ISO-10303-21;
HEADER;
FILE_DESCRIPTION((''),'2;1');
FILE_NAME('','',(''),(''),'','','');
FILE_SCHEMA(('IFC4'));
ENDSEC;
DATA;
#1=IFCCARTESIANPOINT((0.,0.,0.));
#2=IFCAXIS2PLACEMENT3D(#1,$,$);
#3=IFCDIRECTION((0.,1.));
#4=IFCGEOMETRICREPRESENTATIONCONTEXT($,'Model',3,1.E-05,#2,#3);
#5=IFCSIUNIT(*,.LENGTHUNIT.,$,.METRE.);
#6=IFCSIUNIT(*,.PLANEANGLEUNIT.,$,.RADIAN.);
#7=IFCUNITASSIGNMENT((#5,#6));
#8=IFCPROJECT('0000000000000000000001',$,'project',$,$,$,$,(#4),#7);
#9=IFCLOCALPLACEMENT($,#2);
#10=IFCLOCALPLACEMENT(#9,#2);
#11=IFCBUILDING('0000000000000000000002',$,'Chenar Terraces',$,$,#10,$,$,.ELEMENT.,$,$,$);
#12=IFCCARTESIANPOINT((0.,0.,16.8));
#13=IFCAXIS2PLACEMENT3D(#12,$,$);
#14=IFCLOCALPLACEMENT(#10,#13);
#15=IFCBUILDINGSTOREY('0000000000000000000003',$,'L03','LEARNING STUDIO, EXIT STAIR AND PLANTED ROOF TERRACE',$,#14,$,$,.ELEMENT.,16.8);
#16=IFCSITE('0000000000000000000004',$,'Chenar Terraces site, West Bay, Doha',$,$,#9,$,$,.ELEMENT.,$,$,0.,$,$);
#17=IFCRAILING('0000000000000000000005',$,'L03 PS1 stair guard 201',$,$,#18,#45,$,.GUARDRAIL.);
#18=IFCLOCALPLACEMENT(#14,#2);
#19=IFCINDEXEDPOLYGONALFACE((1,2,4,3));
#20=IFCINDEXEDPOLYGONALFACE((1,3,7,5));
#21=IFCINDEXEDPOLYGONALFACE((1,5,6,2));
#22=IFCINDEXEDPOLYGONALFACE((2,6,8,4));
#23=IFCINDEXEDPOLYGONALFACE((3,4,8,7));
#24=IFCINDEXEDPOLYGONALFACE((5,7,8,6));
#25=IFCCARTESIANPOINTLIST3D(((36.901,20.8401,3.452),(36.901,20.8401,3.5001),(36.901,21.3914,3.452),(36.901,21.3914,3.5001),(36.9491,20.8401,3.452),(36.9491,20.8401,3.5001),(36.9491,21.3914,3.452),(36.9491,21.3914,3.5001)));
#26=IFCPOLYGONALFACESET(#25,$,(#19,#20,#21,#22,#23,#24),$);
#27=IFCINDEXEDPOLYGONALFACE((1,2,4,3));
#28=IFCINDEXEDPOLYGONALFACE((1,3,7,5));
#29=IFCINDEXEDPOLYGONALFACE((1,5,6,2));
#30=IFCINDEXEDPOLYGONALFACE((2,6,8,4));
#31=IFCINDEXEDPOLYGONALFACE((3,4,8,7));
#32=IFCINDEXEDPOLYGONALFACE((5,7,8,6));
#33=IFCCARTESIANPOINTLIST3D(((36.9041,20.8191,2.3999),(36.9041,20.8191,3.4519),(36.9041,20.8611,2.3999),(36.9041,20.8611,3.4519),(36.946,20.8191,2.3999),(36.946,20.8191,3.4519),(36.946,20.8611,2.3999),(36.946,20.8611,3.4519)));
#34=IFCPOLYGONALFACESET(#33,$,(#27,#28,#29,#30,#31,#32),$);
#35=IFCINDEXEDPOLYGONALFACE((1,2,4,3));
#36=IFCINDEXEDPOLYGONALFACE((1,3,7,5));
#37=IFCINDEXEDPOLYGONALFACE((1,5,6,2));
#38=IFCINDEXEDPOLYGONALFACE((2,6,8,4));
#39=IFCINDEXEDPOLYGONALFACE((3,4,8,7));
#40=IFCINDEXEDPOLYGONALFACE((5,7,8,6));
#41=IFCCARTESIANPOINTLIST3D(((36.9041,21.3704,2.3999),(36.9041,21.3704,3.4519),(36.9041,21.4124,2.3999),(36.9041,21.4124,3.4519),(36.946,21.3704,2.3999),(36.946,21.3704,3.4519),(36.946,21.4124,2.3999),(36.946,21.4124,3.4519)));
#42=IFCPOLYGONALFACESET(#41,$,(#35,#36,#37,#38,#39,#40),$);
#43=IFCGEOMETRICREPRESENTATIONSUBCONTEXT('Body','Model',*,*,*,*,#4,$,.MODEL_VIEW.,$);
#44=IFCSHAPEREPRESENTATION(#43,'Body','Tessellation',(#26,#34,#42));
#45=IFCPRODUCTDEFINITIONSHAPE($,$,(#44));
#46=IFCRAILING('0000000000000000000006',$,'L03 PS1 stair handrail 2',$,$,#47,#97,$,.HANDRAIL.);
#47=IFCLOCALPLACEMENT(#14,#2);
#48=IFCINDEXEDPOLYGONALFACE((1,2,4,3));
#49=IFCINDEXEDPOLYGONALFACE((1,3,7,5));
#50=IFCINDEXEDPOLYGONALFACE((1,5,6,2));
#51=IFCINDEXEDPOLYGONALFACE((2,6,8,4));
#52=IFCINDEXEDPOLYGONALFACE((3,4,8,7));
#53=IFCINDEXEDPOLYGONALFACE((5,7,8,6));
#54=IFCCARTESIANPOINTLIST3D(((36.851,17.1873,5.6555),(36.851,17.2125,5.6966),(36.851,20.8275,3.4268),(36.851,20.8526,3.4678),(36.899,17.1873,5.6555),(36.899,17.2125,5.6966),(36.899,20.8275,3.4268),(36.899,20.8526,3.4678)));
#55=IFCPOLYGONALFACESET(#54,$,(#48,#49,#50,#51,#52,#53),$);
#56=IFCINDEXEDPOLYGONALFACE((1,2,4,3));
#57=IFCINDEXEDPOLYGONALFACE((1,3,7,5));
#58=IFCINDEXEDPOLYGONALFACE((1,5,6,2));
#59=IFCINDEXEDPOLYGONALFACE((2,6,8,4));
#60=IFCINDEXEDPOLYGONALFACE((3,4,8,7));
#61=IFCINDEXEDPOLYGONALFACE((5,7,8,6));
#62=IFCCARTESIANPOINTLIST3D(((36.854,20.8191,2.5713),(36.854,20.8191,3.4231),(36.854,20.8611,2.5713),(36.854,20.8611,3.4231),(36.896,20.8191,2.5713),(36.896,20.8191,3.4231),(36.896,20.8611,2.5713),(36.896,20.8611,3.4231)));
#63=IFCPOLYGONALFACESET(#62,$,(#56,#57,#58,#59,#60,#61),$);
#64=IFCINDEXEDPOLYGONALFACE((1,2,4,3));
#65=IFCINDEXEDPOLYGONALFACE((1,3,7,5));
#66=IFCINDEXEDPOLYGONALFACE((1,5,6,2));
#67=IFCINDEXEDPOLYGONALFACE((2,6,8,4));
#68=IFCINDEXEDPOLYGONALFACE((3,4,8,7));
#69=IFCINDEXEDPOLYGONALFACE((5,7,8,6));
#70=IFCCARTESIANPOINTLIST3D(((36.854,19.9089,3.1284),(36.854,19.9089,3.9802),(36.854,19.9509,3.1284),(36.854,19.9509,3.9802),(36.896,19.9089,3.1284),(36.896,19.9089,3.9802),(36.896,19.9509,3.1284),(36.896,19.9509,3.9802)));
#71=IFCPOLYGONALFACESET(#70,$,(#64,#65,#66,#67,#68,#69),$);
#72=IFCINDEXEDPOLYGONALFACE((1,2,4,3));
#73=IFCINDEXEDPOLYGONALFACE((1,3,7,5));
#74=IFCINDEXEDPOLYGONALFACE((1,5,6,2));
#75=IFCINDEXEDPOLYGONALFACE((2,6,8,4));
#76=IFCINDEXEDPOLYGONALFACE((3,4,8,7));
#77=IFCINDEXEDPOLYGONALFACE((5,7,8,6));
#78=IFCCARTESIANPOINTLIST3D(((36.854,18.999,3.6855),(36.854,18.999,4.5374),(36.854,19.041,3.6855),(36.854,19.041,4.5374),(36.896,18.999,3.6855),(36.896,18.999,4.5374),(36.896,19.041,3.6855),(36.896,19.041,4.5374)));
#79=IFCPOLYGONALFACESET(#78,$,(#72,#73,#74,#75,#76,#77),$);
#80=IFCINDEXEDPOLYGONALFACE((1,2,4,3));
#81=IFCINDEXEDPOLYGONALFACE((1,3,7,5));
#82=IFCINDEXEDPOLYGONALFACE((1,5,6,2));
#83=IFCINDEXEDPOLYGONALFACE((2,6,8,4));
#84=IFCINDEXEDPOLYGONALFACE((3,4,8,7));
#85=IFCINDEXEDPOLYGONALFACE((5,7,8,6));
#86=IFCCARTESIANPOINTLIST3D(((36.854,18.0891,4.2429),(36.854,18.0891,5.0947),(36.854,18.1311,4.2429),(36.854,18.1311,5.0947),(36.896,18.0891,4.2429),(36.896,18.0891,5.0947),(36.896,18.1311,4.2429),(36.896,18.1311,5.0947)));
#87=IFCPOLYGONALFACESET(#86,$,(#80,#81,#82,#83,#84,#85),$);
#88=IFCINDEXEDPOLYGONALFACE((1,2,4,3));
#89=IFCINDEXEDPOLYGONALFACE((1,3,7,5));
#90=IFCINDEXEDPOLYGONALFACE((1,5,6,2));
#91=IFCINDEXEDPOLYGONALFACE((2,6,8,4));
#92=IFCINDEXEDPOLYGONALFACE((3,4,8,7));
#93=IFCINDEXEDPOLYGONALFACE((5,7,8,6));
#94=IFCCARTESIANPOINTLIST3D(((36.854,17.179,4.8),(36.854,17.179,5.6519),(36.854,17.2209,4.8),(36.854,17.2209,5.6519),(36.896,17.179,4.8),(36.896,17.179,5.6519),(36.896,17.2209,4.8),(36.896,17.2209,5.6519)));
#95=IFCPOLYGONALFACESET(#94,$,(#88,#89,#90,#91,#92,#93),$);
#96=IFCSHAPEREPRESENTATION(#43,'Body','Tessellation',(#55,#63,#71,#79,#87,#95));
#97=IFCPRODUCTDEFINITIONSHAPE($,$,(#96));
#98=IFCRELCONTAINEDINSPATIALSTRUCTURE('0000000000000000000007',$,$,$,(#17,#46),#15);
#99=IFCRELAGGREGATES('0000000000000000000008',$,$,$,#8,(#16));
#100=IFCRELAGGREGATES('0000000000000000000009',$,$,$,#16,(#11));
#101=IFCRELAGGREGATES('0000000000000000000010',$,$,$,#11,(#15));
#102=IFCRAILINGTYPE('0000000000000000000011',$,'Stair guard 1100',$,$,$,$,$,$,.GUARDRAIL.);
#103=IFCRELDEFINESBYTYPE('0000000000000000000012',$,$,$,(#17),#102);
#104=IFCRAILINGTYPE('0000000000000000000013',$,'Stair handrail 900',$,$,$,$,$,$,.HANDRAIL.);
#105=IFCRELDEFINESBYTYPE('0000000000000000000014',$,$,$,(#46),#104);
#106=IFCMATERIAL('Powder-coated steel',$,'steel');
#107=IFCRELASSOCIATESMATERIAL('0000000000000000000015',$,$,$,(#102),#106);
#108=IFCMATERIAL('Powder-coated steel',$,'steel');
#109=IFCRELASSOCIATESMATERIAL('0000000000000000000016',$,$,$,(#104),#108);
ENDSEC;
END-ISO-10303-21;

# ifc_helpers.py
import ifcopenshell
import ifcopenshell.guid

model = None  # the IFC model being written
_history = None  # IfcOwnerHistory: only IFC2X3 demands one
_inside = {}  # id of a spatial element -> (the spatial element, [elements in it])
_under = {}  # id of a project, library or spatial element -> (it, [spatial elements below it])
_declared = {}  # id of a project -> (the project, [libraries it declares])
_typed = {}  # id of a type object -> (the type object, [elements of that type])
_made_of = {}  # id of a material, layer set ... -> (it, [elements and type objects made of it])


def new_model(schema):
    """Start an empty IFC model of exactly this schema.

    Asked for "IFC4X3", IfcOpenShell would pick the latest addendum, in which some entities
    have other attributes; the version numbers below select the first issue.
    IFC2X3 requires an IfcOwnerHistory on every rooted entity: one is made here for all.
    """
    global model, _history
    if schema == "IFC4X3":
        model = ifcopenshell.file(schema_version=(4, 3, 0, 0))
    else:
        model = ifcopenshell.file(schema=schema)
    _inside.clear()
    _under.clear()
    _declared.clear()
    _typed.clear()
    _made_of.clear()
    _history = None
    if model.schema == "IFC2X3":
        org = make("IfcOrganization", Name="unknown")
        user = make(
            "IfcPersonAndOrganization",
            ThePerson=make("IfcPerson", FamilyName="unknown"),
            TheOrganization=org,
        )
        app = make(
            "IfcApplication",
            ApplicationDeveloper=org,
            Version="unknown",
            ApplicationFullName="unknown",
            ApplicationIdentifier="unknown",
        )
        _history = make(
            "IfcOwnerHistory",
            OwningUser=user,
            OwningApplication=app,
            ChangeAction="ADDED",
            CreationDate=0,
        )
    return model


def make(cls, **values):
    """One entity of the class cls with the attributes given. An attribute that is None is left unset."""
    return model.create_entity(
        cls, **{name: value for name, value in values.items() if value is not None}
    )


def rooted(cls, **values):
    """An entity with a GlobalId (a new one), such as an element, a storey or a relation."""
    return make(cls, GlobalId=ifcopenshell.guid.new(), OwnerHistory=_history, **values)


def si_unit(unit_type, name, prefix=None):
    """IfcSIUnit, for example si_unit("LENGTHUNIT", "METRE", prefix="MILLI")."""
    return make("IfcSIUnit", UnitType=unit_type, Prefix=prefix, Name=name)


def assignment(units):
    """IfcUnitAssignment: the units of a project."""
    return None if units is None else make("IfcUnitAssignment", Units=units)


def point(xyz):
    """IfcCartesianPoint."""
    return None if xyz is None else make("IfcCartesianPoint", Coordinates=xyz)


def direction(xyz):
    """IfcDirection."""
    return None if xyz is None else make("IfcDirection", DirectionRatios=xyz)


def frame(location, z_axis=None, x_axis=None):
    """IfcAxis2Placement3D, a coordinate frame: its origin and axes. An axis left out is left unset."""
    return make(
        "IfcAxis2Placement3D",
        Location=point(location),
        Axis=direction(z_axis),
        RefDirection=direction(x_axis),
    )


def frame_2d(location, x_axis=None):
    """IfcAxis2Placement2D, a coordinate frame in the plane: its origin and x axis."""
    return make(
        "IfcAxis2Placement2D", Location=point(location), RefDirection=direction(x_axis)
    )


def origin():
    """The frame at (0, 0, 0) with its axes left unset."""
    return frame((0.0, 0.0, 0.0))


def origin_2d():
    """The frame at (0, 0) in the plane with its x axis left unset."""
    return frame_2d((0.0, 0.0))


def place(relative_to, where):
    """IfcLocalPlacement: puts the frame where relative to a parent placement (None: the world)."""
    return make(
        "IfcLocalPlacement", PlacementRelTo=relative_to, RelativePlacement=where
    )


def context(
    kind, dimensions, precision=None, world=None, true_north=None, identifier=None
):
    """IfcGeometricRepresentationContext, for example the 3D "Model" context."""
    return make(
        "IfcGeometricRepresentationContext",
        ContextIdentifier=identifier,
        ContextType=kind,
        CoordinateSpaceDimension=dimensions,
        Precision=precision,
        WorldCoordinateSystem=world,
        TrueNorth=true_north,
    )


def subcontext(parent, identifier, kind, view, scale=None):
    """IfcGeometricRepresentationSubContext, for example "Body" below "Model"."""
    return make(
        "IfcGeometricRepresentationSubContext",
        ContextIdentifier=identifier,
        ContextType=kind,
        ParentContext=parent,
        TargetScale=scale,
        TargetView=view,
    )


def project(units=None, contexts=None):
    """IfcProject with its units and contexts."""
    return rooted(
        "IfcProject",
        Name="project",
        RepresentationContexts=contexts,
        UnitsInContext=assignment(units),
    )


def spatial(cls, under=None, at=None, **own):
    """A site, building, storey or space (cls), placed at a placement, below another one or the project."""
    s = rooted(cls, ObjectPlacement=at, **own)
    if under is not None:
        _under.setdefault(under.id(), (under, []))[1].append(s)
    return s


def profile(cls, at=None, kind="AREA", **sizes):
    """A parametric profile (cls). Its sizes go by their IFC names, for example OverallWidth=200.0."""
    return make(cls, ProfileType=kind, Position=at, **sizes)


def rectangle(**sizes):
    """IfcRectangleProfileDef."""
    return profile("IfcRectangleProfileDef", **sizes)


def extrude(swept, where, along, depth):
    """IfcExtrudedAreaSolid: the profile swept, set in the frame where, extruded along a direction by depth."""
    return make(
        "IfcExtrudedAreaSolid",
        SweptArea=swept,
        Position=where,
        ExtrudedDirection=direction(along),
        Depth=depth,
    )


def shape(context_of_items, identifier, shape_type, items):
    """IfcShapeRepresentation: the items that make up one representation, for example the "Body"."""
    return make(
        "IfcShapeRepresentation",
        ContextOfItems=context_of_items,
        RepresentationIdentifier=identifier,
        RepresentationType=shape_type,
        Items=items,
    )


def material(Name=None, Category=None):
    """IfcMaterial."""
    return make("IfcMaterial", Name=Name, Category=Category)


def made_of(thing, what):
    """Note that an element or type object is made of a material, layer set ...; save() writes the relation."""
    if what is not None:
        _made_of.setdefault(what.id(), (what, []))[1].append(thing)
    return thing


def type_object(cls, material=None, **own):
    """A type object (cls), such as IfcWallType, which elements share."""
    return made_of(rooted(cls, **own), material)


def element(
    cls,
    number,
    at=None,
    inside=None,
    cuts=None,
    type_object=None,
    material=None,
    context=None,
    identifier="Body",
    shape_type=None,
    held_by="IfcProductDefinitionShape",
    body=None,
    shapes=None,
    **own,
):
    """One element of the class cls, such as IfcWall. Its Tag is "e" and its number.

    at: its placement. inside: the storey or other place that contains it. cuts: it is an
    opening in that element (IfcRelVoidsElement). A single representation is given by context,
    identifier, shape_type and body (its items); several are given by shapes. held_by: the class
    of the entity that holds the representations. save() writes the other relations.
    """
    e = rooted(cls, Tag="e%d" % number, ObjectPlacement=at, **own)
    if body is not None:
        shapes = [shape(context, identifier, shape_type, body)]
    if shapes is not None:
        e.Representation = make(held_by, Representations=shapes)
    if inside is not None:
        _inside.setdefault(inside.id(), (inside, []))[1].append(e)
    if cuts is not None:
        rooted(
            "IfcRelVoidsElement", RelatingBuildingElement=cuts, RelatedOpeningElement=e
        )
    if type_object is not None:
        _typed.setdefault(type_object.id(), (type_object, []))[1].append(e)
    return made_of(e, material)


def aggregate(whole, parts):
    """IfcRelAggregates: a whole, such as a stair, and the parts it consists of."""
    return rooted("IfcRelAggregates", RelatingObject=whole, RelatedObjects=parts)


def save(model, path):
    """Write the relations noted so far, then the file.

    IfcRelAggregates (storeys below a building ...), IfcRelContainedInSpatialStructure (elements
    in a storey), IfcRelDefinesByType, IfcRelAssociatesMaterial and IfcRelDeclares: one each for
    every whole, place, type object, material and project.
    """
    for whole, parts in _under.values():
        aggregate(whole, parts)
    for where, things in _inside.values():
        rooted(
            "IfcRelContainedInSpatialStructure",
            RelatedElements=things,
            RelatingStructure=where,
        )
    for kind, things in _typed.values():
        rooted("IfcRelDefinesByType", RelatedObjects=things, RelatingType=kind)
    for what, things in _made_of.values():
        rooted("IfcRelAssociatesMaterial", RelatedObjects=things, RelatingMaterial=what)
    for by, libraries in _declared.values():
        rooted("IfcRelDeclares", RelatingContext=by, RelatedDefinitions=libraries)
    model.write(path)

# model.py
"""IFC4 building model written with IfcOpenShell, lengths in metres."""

from ifc_helpers import new_model, si_unit, direction, frame, origin, origin_2d, place, context, subcontext, project, spatial, rectangle, extrude, material, type_object, element, save


model = new_model("IFC4")

# Units and contexts
model_context = context("Model", 3, precision=1e-05, world=origin(), true_north=direction((0.0, 1.0)))
body_context = subcontext(model_context, "Body", "Model", "MODEL_VIEW")
ifc_project = project(units=[si_unit("LENGTHUNIT", "METRE"), si_unit("PLANEANGLEUNIT", "RADIAN")], contexts=[model_context])

# Site, building, storey
site_placement = place(None, origin())
site = spatial("IfcSite", under=ifc_project, at=site_placement, Name="Chenar Terraces site, West Bay, Doha", CompositionType="ELEMENT", RefElevation=0.0)
building_placement = place(site_placement, origin())
building = spatial("IfcBuilding", under=site, at=building_placement, Name="Chenar Terraces", CompositionType="ELEMENT")
storey_placement = place(building_placement, frame((0.0, 0.0, 16.8)))
storey = spatial("IfcBuildingStorey", under=building, at=storey_placement, Name="L03", Description="LEARNING STUDIO, EXIT STAIR AND PLANTED ROOF TERRACE", CompositionType="ELEMENT", Elevation=16.8)

# Railings
ifc_material_1 = material(Name="Powder-coated steel", Category="steel")
railing_type_1 = type_object("IfcRailingType", Name="Stair guard 1100", PredefinedType="GUARDRAIL", material=ifc_material_1)
railing_1_placement = place(storey_placement, frame((36.925, 20.8401, 2.3999)))
element("IfcRailing", 1, at=railing_1_placement, inside=storey, type_object=railing_type_1, Name="L03 PS1 stair guard 201", PredefinedType="GUARDRAIL", context=body_context, shape_type="SweptSolid", body=[
    extrude(rectangle(XDim=0.0481, YDim=0.0481, at=origin_2d()), frame((0.0, 0.0, 1.0762), z_axis=(0.0, 1.0, 0.0), x_axis=(-1.0, 0.0, 0.0)), (0.0, 0.0, 1.0), 0.5513),
    extrude(rectangle(XDim=0.042, YDim=0.042, at=origin_2d()), origin(), (0.0, 0.0, 1.0), 1.052),
    extrude(rectangle(XDim=0.042, YDim=0.042, at=origin_2d()), frame((0.0, 0.5513, 0.0)), (0.0, 0.0, 1.0), 1.052),
])
ifc_material_2 = material(Name="Powder-coated steel", Category="steel")
railing_type_2 = type_object("IfcRailingType", Name="Stair handrail 900", PredefinedType="HANDRAIL", material=ifc_material_2)
railing_2_placement = place(storey_placement, frame((36.875, 20.8401, 2.5713)))
element("IfcRailing", 2, at=railing_2_placement, inside=storey, type_object=railing_type_2, Name="L03 PS1 stair handrail 2", PredefinedType="HANDRAIL", context=body_context, shape_type="SweptSolid", body=[
    extrude(rectangle(XDim=0.0481, YDim=0.0481, at=origin_2d()), frame((0.0, 0.0, 0.876), z_axis=(0.0, -0.85284, 0.522172), x_axis=(1.0, 0.0, 0.0)), (0.0, 0.0, 1.0), 4.2683),
    extrude(rectangle(XDim=0.042, YDim=0.042, at=origin_2d()), origin(), (0.0, 0.0, 1.0), 0.8518),
    extrude(rectangle(XDim=0.042, YDim=0.042, at=origin_2d()), frame((0.0, -0.9102, 0.5571)), (0.0, 0.0, 1.0), 0.8518),
    extrude(rectangle(XDim=0.042, YDim=0.042, at=origin_2d()), frame((0.0, -1.8201, 1.1143)), (0.0, 0.0, 1.0), 0.8518),
    extrude(rectangle(XDim=0.042, YDim=0.042, at=origin_2d()), frame((0.0, -2.73, 1.6716)), (0.0, 0.0, 1.0), 0.8518),
    extrude(rectangle(XDim=0.042, YDim=0.042, at=origin_2d()), frame((0.0, -3.6401, 2.2288)), (0.0, 0.0, 1.0), 0.8518),
])

save(model, "model.ifc")
